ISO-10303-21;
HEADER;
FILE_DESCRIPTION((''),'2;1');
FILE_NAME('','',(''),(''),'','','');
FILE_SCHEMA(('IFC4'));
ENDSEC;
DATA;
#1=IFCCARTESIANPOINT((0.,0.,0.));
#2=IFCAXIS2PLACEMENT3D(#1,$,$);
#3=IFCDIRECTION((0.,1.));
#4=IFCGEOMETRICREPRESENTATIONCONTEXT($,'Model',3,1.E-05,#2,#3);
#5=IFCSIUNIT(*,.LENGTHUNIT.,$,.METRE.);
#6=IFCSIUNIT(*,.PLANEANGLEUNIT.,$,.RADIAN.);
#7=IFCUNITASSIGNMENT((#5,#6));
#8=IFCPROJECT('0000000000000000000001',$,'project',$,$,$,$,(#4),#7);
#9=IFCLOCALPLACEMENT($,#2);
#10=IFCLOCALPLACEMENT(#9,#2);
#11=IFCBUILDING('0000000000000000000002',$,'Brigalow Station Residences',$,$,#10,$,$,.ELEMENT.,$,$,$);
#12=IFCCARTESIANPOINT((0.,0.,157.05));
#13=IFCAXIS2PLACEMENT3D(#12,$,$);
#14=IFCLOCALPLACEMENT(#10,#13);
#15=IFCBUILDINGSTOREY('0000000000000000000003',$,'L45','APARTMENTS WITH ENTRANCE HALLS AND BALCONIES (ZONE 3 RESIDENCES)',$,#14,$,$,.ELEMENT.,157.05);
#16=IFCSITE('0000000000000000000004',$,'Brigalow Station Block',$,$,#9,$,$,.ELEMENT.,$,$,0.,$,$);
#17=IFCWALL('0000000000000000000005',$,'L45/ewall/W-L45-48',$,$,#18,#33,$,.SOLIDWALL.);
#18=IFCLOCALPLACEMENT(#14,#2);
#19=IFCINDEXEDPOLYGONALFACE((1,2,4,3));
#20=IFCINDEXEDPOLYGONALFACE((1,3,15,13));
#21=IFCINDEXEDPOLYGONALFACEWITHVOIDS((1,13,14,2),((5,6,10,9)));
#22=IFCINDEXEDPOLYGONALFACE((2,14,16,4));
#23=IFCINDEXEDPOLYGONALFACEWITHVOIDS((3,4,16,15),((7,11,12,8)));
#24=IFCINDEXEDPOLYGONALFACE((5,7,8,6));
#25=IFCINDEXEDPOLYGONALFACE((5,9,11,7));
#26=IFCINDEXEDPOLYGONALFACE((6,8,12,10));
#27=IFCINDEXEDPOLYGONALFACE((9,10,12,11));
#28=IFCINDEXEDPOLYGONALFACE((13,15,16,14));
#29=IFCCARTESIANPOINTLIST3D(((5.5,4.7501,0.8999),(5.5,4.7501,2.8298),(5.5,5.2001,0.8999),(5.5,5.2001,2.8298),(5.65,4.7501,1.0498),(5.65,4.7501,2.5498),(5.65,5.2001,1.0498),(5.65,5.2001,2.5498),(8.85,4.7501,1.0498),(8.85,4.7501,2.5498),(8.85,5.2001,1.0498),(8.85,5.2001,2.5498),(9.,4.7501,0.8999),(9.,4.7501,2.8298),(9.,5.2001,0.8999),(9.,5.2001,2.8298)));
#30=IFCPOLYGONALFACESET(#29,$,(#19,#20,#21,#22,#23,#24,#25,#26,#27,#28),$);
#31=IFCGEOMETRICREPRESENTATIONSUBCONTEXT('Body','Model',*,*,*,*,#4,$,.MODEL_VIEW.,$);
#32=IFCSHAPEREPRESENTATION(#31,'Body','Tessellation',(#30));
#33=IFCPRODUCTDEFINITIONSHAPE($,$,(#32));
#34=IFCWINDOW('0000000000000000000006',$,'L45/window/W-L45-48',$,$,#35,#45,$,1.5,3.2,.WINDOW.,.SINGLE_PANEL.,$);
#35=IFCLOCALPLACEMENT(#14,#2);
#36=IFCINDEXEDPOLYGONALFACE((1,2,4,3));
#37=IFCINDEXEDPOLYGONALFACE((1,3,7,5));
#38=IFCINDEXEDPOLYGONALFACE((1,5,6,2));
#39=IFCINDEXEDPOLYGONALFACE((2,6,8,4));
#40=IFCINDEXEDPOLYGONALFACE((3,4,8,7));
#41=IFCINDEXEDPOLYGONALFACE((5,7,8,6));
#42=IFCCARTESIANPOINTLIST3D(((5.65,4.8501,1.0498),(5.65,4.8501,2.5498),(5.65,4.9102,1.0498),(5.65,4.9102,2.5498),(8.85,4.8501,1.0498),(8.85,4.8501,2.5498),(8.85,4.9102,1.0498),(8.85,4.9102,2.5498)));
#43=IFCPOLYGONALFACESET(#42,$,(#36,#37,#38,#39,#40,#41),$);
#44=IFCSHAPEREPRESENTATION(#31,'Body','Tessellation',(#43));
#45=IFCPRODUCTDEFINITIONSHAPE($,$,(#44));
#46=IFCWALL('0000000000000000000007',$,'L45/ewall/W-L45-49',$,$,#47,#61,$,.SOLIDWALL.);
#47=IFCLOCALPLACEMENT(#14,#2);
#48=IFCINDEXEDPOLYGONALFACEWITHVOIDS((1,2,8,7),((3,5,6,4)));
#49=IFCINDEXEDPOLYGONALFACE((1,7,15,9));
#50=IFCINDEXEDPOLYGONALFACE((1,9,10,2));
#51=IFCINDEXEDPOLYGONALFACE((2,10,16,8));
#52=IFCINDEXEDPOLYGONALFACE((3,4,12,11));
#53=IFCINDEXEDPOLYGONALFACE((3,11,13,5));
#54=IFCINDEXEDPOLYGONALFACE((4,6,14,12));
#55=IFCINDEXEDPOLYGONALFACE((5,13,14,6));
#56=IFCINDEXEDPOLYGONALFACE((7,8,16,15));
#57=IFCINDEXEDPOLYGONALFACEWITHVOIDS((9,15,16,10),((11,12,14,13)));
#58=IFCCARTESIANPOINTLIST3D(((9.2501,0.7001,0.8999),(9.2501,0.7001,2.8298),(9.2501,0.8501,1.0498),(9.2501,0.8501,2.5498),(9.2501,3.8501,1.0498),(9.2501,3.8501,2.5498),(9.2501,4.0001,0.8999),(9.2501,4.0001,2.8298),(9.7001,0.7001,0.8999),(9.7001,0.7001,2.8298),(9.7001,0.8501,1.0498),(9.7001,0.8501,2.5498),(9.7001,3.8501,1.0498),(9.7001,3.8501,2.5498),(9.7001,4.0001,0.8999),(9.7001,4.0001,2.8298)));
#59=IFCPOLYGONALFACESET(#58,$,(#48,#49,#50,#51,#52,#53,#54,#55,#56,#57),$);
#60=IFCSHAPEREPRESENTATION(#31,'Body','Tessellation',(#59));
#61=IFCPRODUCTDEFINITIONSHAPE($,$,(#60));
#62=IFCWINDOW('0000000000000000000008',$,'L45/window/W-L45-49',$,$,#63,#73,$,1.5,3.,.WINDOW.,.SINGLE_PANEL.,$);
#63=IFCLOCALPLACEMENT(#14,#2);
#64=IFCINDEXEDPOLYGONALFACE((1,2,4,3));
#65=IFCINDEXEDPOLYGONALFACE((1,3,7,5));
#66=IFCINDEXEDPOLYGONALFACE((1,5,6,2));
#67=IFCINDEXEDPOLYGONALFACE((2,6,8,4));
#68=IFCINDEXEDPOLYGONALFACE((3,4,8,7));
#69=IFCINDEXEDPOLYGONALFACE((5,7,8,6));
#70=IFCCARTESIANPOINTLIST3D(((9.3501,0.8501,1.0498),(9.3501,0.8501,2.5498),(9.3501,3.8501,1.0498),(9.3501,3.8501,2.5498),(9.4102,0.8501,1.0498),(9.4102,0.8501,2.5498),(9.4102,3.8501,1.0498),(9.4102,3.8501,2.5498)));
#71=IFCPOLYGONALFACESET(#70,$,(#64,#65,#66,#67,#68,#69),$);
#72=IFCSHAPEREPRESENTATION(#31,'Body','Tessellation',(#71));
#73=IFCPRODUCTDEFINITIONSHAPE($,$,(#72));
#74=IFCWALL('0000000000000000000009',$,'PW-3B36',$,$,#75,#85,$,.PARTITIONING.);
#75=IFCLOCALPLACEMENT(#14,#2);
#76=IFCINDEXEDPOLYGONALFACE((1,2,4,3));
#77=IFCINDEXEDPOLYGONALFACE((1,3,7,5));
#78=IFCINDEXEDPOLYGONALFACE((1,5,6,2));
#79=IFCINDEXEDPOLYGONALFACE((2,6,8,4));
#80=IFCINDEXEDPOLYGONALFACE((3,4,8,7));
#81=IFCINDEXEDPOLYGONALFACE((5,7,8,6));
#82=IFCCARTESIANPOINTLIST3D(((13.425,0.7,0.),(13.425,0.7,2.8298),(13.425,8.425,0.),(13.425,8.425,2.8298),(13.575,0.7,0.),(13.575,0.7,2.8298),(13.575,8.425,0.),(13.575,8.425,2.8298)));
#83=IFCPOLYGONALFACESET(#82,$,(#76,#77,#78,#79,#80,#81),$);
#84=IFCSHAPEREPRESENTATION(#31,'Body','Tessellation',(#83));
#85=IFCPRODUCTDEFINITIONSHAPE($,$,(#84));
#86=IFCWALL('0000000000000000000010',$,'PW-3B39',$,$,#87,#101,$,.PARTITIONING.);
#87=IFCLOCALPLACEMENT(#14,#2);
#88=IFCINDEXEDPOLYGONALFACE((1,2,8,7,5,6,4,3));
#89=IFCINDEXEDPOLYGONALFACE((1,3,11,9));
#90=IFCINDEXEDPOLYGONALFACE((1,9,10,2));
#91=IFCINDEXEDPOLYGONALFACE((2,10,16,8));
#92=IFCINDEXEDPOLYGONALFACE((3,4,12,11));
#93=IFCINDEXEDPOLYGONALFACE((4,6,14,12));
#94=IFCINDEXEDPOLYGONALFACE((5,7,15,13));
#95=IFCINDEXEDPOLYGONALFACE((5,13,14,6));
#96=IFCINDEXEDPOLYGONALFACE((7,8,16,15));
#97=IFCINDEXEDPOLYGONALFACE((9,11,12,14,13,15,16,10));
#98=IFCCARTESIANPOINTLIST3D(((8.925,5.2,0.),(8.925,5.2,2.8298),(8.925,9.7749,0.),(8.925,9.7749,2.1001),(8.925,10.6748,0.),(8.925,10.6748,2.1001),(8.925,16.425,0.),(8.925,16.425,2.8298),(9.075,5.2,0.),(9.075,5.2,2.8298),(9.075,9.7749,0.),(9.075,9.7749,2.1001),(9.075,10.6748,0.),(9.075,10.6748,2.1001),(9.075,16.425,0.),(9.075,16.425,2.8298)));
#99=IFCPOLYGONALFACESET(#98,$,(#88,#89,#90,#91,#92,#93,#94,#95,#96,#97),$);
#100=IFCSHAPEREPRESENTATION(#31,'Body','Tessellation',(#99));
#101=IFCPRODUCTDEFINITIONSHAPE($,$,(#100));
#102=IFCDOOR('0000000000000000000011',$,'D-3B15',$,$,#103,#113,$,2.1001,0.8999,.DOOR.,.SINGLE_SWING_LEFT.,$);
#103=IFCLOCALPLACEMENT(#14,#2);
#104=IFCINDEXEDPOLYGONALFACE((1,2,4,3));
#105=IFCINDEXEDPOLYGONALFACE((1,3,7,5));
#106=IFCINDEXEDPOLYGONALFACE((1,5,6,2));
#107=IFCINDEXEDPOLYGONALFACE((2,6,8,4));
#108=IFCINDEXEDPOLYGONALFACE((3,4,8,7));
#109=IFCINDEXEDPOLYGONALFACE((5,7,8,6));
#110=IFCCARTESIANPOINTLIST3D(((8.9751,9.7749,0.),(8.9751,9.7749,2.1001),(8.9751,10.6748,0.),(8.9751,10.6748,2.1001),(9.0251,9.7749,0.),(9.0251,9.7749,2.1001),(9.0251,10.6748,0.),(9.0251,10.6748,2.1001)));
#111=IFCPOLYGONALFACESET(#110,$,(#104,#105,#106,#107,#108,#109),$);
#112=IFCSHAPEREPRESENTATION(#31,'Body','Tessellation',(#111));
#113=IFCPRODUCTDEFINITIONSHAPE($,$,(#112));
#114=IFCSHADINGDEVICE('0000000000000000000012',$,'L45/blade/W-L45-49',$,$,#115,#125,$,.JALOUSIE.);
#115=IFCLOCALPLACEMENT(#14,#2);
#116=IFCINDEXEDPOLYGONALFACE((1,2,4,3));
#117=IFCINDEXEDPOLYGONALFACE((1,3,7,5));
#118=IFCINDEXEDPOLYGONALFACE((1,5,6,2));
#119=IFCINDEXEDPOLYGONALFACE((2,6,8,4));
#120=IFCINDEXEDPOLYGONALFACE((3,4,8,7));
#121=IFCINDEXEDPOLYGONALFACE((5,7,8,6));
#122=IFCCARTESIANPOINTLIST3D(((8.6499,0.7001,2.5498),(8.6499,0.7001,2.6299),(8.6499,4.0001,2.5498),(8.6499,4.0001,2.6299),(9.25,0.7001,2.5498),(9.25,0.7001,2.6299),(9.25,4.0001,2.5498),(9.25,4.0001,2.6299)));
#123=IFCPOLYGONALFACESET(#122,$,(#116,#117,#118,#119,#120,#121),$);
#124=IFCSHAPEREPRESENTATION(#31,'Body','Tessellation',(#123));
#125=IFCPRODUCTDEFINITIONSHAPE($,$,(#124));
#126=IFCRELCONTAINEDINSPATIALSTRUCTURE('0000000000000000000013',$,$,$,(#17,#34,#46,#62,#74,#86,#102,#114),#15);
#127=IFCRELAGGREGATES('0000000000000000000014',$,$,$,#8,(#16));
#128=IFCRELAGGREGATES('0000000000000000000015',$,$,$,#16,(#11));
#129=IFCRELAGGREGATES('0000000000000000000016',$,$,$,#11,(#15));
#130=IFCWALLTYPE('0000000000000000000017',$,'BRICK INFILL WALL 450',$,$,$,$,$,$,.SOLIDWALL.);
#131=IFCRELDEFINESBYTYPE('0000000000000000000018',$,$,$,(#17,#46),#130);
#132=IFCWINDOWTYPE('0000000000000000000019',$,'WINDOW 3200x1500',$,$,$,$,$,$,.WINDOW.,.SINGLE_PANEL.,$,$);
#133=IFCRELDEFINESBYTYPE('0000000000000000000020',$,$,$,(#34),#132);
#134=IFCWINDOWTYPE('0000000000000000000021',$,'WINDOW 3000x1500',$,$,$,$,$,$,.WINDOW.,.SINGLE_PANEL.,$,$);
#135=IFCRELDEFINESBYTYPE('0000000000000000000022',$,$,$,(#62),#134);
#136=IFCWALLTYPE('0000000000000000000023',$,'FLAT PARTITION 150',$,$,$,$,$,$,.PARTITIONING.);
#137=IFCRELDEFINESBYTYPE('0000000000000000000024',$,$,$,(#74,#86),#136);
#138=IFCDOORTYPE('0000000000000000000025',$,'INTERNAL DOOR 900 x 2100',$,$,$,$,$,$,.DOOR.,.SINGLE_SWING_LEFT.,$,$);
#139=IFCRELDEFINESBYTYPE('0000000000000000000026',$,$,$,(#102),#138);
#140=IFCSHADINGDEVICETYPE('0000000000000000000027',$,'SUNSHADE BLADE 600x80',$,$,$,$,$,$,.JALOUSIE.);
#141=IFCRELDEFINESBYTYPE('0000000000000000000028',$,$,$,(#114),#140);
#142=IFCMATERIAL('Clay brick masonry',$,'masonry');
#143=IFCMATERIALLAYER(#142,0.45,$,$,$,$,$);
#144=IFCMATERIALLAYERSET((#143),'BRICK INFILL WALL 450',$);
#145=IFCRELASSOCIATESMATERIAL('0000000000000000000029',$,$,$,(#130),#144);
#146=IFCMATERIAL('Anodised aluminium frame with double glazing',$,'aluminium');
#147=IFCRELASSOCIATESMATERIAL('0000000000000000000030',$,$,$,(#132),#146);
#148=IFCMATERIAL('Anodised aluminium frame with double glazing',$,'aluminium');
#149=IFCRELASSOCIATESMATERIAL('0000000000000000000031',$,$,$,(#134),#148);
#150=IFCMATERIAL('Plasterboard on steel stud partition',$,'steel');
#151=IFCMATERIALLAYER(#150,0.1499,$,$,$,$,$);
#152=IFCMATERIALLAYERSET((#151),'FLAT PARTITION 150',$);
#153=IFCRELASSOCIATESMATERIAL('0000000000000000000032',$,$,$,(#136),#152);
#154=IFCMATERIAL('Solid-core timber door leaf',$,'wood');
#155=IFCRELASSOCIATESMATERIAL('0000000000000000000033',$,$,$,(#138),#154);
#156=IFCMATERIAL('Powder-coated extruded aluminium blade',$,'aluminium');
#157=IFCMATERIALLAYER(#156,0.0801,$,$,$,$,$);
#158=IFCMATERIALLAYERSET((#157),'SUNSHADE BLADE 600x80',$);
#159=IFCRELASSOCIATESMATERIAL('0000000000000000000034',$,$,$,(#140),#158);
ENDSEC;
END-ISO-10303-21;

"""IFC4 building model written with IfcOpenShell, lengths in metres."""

from ifc_helpers import new_model, si_unit, direction, frame, frame_2d, origin, origin_2d, place, context, subcontext, project, spatial, rectangle, extrude, material, layer, layer_set, type_object, element, fill, save


model = new_model("IFC4")

# Units and contexts
model_context = context("Model", 3, precision=1e-05, world=origin(), true_north=direction((0.0, 1.0)))
body_context = subcontext(model_context, "Body", "Model", "MODEL_VIEW")
ifc_project = project(units=[si_unit("LENGTHUNIT", "METRE"), si_unit("PLANEANGLEUNIT", "RADIAN")], contexts=[model_context])

# Site, building, storey
site_placement = place(None, origin())
site = spatial("IfcSite", under=ifc_project, at=site_placement, Name="Brigalow Station Block", CompositionType="ELEMENT", RefElevation=0.0)
building_placement = place(site_placement, origin())
building = spatial("IfcBuilding", under=site, at=building_placement, Name="Brigalow Station Residences", CompositionType="ELEMENT")
storey_placement = place(building_placement, frame((0.0, 0.0, 157.05)))
storey = spatial("IfcBuildingStorey", under=building, at=storey_placement, Name="L45", Description="APARTMENTS WITH ENTRANCE HALLS AND BALCONIES (ZONE 3 RESIDENCES)", CompositionType="ELEMENT", Elevation=157.05)

# Walls, openings, windows
ifc_material_1 = material(Name="Clay brick masonry", Category="masonry")
ifc_layer_1 = layer(ifc_material_1, 0.45)
ifc_layer_set_1 = layer_set([ifc_layer_1], Name="BRICK INFILL WALL 450")
wall_type_1 = type_object("IfcWallType", Name="BRICK INFILL WALL 450", PredefinedType="SOLIDWALL", material=ifc_layer_set_1)
wall_1_placement = place(storey_placement, frame((5.5, 4.9751, 0.8999), z_axis=(0.0, 0.0, 1.0), x_axis=(1.0, 0.0, 0.0)))
wall_1 = element("IfcWall", 1, at=wall_1_placement, inside=storey, type_object=wall_type_1, Name="L45/ewall/W-L45-48", PredefinedType="SOLIDWALL", context=body_context, shape_type="SweptSolid", body=[
    extrude(rectangle(XDim=3.5, YDim=0.45, at=frame_2d((1.75, 0.0))), origin(), (0.0, 0.0, 1.0), 1.9299),
])
opening_1_placement = place(wall_1_placement, frame((0.1499, 0.0, 0.1499)))
opening_1 = element("IfcOpeningElement", 2, at=opening_1_placement, cuts=wall_1, PredefinedType="OPENING", context=body_context, shape_type="SweptSolid", body=[
    extrude(rectangle(XDim=3.2, YDim=1.5, at=frame_2d((1.6001, 0.75))), frame((0.0, 0.2349, 0.0), z_axis=(0.0, -1.0, 0.0), x_axis=(1.0, 0.0, 0.0)), (0.0, 0.0, 1.0), 0.47),
])
ifc_material_2 = material(Name="Anodised aluminium frame with double glazing", Category="aluminium")
window_type_1 = type_object("IfcWindowType", Name="WINDOW 3200x1500", PartitioningType="SINGLE_PANEL", PredefinedType="WINDOW", material=ifc_material_2)
window_1_placement = place(opening_1_placement, origin())
window_1 = element("IfcWindow", 3, at=window_1_placement, inside=storey, type_object=window_type_1, Name="L45/window/W-L45-48", OverallHeight=1.5, OverallWidth=3.2, PartitioningType="SINGLE_PANEL", PredefinedType="WINDOW", context=body_context, shape_type="SweptSolid", body=[
    extrude(rectangle(XDim=3.2, YDim=1.5, at=frame_2d((1.6001, 0.75))), frame((0.0, -0.0649, 0.0), z_axis=(0.0, -1.0, 0.0), x_axis=(1.0, 0.0, 0.0)), (0.0, 0.0, 1.0), 0.0601),
])
fill(opening_1, window_1)
wall_2_placement = place(storey_placement, frame((9.4751, 4.0, 0.8999), z_axis=(0.0, 0.0, 1.0), x_axis=(0.0, -1.0, 0.0)))
wall_2 = element("IfcWall", 4, at=wall_2_placement, inside=storey, type_object=wall_type_1, Name="L45/ewall/W-L45-49", PredefinedType="SOLIDWALL", context=body_context, shape_type="SweptSolid", body=[
    extrude(rectangle(XDim=3.3, YDim=0.45, at=frame_2d((1.6499, 0.0))), origin(), (0.0, 0.0, 1.0), 1.9299),
])
opening_2_placement = place(wall_2_placement, frame((0.1499, 0.0, 0.1499)))
opening_2 = element("IfcOpeningElement", 5, at=opening_2_placement, cuts=wall_2, PredefinedType="OPENING", context=body_context, shape_type="SweptSolid", body=[
    extrude(rectangle(XDim=3.0, YDim=1.5, at=frame_2d((1.5, 0.75))), frame((0.0, 0.2349, 0.0), z_axis=(0.0, -1.0, 0.0), x_axis=(1.0, 0.0, 0.0)), (0.0, 0.0, 1.0), 0.47),
])
ifc_material_3 = material(Name="Anodised aluminium frame with double glazing", Category="aluminium")
window_type_2 = type_object("IfcWindowType", Name="WINDOW 3000x1500", PartitioningType="SINGLE_PANEL", PredefinedType="WINDOW", material=ifc_material_3)
window_2_placement = place(opening_2_placement, origin())
window_2 = element("IfcWindow", 6, at=window_2_placement, inside=storey, type_object=window_type_2, Name="L45/window/W-L45-49", OverallHeight=1.5, OverallWidth=3.0, PartitioningType="SINGLE_PANEL", PredefinedType="WINDOW", context=body_context, shape_type="SweptSolid", body=[
    extrude(rectangle(XDim=3.0, YDim=1.5, at=frame_2d((1.5, 0.75))), frame((0.0, -0.0649, 0.0), z_axis=(0.0, -1.0, 0.0), x_axis=(1.0, 0.0, 0.0)), (0.0, 0.0, 1.0), 0.0601),
])
fill(opening_2, window_2)

# Wall
ifc_material_4 = material(Name="Plasterboard on steel stud partition", Category="steel")
ifc_layer_2 = layer(ifc_material_4, 0.1499)
ifc_layer_set_2 = layer_set([ifc_layer_2], Name="FLAT PARTITION 150")
wall_type_2 = type_object("IfcWallType", Name="FLAT PARTITION 150", PredefinedType="PARTITIONING", material=ifc_layer_set_2)
wall_3_placement = place(storey_placement, frame((13.5, 0.7, 0.0), z_axis=(0.0, 0.0, 1.0), x_axis=(0.0, 1.0, 0.0)))
element("IfcWall", 7, at=wall_3_placement, inside=storey, type_object=wall_type_2, Name="PW-3B36", PredefinedType="PARTITIONING", context=body_context, shape_type="SweptSolid", body=[
    extrude(rectangle(XDim=7.7251, YDim=0.1499, at=frame_2d((3.8625, 0.0))), origin(), (0.0, 0.0, 1.0), 2.8298),
])

# Wall, opening, door
wall_4_placement = place(storey_placement, frame((9.0, 5.2, 0.0), z_axis=(0.0, 0.0, 1.0), x_axis=(0.0, 1.0, 0.0)))
wall_4 = element("IfcWall", 8, at=wall_4_placement, inside=storey, type_object=wall_type_2, Name="PW-3B39", PredefinedType="PARTITIONING", context=body_context, shape_type="SweptSolid", body=[
    extrude(rectangle(XDim=11.2251, YDim=0.1499, at=frame_2d((5.6125, 0.0))), origin(), (0.0, 0.0, 1.0), 2.8298),
])
opening_3_placement = place(wall_4_placement, frame((4.575, 0.0, 0.0)))
opening_3 = element("IfcOpeningElement", 9, at=opening_3_placement, cuts=wall_4, PredefinedType="OPENING", context=body_context, shape_type="SweptSolid", body=[
    extrude(rectangle(XDim=0.8999, YDim=2.1001, at=frame_2d((0.45, 1.05))), frame((0.0, 0.085, 0.0), z_axis=(0.0, -1.0, 0.0), x_axis=(1.0, 0.0, 0.0)), (0.0, 0.0, 1.0), 0.1699),
])
ifc_material_5 = material(Name="Solid-core timber door leaf", Category="wood")
door_type = type_object("IfcDoorType", Name="INTERNAL DOOR 900 x 2100", OperationType="SINGLE_SWING_LEFT", PredefinedType="DOOR", material=ifc_material_5)
door_placement = place(opening_3_placement, origin())
door = element("IfcDoor", 10, at=door_placement, inside=storey, type_object=door_type, Name="D-3B15", OperationType="SINGLE_SWING_LEFT", OverallHeight=2.1001, OverallWidth=0.8999, PredefinedType="DOOR", context=body_context, shape_type="SweptSolid", body=[
    extrude(rectangle(XDim=0.8999, YDim=2.1001, at=frame_2d((0.45, 1.05))), frame((0.0, 0.0249, 0.0), z_axis=(0.0, -1.0, 0.0), x_axis=(1.0, 0.0, 0.0)), (0.0, 0.0, 1.0), 0.05),
])
fill(opening_3, door)

# Shading device
ifc_material_6 = material(Name="Powder-coated extruded aluminium blade", Category="aluminium")
ifc_layer_3 = layer(ifc_material_6, 0.0801)
ifc_layer_set_3 = layer_set([ifc_layer_3], Name="SUNSHADE BLADE 600x80")
shading_device_type = type_object("IfcShadingDeviceType", Name="SUNSHADE BLADE 600x80", PredefinedType="JALOUSIE", material=ifc_layer_set_3)
shading_device_placement = place(storey_placement, frame((8.95, 2.3501, 2.5498), z_axis=(0.0, 0.0, 1.0), x_axis=(0.0, -1.0, 0.0)))
element("IfcShadingDevice", 11, at=shading_device_placement, inside=storey, type_object=shading_device_type, Name="L45/blade/W-L45-49", PredefinedType="JALOUSIE", context=body_context, shape_type="SweptSolid", body=[
    extrude(rectangle(XDim=3.3, YDim=0.6001, at=origin_2d()), origin(), (0.0, 0.0, 1.0), 0.0801),
])

save(model, "model.ifc")
